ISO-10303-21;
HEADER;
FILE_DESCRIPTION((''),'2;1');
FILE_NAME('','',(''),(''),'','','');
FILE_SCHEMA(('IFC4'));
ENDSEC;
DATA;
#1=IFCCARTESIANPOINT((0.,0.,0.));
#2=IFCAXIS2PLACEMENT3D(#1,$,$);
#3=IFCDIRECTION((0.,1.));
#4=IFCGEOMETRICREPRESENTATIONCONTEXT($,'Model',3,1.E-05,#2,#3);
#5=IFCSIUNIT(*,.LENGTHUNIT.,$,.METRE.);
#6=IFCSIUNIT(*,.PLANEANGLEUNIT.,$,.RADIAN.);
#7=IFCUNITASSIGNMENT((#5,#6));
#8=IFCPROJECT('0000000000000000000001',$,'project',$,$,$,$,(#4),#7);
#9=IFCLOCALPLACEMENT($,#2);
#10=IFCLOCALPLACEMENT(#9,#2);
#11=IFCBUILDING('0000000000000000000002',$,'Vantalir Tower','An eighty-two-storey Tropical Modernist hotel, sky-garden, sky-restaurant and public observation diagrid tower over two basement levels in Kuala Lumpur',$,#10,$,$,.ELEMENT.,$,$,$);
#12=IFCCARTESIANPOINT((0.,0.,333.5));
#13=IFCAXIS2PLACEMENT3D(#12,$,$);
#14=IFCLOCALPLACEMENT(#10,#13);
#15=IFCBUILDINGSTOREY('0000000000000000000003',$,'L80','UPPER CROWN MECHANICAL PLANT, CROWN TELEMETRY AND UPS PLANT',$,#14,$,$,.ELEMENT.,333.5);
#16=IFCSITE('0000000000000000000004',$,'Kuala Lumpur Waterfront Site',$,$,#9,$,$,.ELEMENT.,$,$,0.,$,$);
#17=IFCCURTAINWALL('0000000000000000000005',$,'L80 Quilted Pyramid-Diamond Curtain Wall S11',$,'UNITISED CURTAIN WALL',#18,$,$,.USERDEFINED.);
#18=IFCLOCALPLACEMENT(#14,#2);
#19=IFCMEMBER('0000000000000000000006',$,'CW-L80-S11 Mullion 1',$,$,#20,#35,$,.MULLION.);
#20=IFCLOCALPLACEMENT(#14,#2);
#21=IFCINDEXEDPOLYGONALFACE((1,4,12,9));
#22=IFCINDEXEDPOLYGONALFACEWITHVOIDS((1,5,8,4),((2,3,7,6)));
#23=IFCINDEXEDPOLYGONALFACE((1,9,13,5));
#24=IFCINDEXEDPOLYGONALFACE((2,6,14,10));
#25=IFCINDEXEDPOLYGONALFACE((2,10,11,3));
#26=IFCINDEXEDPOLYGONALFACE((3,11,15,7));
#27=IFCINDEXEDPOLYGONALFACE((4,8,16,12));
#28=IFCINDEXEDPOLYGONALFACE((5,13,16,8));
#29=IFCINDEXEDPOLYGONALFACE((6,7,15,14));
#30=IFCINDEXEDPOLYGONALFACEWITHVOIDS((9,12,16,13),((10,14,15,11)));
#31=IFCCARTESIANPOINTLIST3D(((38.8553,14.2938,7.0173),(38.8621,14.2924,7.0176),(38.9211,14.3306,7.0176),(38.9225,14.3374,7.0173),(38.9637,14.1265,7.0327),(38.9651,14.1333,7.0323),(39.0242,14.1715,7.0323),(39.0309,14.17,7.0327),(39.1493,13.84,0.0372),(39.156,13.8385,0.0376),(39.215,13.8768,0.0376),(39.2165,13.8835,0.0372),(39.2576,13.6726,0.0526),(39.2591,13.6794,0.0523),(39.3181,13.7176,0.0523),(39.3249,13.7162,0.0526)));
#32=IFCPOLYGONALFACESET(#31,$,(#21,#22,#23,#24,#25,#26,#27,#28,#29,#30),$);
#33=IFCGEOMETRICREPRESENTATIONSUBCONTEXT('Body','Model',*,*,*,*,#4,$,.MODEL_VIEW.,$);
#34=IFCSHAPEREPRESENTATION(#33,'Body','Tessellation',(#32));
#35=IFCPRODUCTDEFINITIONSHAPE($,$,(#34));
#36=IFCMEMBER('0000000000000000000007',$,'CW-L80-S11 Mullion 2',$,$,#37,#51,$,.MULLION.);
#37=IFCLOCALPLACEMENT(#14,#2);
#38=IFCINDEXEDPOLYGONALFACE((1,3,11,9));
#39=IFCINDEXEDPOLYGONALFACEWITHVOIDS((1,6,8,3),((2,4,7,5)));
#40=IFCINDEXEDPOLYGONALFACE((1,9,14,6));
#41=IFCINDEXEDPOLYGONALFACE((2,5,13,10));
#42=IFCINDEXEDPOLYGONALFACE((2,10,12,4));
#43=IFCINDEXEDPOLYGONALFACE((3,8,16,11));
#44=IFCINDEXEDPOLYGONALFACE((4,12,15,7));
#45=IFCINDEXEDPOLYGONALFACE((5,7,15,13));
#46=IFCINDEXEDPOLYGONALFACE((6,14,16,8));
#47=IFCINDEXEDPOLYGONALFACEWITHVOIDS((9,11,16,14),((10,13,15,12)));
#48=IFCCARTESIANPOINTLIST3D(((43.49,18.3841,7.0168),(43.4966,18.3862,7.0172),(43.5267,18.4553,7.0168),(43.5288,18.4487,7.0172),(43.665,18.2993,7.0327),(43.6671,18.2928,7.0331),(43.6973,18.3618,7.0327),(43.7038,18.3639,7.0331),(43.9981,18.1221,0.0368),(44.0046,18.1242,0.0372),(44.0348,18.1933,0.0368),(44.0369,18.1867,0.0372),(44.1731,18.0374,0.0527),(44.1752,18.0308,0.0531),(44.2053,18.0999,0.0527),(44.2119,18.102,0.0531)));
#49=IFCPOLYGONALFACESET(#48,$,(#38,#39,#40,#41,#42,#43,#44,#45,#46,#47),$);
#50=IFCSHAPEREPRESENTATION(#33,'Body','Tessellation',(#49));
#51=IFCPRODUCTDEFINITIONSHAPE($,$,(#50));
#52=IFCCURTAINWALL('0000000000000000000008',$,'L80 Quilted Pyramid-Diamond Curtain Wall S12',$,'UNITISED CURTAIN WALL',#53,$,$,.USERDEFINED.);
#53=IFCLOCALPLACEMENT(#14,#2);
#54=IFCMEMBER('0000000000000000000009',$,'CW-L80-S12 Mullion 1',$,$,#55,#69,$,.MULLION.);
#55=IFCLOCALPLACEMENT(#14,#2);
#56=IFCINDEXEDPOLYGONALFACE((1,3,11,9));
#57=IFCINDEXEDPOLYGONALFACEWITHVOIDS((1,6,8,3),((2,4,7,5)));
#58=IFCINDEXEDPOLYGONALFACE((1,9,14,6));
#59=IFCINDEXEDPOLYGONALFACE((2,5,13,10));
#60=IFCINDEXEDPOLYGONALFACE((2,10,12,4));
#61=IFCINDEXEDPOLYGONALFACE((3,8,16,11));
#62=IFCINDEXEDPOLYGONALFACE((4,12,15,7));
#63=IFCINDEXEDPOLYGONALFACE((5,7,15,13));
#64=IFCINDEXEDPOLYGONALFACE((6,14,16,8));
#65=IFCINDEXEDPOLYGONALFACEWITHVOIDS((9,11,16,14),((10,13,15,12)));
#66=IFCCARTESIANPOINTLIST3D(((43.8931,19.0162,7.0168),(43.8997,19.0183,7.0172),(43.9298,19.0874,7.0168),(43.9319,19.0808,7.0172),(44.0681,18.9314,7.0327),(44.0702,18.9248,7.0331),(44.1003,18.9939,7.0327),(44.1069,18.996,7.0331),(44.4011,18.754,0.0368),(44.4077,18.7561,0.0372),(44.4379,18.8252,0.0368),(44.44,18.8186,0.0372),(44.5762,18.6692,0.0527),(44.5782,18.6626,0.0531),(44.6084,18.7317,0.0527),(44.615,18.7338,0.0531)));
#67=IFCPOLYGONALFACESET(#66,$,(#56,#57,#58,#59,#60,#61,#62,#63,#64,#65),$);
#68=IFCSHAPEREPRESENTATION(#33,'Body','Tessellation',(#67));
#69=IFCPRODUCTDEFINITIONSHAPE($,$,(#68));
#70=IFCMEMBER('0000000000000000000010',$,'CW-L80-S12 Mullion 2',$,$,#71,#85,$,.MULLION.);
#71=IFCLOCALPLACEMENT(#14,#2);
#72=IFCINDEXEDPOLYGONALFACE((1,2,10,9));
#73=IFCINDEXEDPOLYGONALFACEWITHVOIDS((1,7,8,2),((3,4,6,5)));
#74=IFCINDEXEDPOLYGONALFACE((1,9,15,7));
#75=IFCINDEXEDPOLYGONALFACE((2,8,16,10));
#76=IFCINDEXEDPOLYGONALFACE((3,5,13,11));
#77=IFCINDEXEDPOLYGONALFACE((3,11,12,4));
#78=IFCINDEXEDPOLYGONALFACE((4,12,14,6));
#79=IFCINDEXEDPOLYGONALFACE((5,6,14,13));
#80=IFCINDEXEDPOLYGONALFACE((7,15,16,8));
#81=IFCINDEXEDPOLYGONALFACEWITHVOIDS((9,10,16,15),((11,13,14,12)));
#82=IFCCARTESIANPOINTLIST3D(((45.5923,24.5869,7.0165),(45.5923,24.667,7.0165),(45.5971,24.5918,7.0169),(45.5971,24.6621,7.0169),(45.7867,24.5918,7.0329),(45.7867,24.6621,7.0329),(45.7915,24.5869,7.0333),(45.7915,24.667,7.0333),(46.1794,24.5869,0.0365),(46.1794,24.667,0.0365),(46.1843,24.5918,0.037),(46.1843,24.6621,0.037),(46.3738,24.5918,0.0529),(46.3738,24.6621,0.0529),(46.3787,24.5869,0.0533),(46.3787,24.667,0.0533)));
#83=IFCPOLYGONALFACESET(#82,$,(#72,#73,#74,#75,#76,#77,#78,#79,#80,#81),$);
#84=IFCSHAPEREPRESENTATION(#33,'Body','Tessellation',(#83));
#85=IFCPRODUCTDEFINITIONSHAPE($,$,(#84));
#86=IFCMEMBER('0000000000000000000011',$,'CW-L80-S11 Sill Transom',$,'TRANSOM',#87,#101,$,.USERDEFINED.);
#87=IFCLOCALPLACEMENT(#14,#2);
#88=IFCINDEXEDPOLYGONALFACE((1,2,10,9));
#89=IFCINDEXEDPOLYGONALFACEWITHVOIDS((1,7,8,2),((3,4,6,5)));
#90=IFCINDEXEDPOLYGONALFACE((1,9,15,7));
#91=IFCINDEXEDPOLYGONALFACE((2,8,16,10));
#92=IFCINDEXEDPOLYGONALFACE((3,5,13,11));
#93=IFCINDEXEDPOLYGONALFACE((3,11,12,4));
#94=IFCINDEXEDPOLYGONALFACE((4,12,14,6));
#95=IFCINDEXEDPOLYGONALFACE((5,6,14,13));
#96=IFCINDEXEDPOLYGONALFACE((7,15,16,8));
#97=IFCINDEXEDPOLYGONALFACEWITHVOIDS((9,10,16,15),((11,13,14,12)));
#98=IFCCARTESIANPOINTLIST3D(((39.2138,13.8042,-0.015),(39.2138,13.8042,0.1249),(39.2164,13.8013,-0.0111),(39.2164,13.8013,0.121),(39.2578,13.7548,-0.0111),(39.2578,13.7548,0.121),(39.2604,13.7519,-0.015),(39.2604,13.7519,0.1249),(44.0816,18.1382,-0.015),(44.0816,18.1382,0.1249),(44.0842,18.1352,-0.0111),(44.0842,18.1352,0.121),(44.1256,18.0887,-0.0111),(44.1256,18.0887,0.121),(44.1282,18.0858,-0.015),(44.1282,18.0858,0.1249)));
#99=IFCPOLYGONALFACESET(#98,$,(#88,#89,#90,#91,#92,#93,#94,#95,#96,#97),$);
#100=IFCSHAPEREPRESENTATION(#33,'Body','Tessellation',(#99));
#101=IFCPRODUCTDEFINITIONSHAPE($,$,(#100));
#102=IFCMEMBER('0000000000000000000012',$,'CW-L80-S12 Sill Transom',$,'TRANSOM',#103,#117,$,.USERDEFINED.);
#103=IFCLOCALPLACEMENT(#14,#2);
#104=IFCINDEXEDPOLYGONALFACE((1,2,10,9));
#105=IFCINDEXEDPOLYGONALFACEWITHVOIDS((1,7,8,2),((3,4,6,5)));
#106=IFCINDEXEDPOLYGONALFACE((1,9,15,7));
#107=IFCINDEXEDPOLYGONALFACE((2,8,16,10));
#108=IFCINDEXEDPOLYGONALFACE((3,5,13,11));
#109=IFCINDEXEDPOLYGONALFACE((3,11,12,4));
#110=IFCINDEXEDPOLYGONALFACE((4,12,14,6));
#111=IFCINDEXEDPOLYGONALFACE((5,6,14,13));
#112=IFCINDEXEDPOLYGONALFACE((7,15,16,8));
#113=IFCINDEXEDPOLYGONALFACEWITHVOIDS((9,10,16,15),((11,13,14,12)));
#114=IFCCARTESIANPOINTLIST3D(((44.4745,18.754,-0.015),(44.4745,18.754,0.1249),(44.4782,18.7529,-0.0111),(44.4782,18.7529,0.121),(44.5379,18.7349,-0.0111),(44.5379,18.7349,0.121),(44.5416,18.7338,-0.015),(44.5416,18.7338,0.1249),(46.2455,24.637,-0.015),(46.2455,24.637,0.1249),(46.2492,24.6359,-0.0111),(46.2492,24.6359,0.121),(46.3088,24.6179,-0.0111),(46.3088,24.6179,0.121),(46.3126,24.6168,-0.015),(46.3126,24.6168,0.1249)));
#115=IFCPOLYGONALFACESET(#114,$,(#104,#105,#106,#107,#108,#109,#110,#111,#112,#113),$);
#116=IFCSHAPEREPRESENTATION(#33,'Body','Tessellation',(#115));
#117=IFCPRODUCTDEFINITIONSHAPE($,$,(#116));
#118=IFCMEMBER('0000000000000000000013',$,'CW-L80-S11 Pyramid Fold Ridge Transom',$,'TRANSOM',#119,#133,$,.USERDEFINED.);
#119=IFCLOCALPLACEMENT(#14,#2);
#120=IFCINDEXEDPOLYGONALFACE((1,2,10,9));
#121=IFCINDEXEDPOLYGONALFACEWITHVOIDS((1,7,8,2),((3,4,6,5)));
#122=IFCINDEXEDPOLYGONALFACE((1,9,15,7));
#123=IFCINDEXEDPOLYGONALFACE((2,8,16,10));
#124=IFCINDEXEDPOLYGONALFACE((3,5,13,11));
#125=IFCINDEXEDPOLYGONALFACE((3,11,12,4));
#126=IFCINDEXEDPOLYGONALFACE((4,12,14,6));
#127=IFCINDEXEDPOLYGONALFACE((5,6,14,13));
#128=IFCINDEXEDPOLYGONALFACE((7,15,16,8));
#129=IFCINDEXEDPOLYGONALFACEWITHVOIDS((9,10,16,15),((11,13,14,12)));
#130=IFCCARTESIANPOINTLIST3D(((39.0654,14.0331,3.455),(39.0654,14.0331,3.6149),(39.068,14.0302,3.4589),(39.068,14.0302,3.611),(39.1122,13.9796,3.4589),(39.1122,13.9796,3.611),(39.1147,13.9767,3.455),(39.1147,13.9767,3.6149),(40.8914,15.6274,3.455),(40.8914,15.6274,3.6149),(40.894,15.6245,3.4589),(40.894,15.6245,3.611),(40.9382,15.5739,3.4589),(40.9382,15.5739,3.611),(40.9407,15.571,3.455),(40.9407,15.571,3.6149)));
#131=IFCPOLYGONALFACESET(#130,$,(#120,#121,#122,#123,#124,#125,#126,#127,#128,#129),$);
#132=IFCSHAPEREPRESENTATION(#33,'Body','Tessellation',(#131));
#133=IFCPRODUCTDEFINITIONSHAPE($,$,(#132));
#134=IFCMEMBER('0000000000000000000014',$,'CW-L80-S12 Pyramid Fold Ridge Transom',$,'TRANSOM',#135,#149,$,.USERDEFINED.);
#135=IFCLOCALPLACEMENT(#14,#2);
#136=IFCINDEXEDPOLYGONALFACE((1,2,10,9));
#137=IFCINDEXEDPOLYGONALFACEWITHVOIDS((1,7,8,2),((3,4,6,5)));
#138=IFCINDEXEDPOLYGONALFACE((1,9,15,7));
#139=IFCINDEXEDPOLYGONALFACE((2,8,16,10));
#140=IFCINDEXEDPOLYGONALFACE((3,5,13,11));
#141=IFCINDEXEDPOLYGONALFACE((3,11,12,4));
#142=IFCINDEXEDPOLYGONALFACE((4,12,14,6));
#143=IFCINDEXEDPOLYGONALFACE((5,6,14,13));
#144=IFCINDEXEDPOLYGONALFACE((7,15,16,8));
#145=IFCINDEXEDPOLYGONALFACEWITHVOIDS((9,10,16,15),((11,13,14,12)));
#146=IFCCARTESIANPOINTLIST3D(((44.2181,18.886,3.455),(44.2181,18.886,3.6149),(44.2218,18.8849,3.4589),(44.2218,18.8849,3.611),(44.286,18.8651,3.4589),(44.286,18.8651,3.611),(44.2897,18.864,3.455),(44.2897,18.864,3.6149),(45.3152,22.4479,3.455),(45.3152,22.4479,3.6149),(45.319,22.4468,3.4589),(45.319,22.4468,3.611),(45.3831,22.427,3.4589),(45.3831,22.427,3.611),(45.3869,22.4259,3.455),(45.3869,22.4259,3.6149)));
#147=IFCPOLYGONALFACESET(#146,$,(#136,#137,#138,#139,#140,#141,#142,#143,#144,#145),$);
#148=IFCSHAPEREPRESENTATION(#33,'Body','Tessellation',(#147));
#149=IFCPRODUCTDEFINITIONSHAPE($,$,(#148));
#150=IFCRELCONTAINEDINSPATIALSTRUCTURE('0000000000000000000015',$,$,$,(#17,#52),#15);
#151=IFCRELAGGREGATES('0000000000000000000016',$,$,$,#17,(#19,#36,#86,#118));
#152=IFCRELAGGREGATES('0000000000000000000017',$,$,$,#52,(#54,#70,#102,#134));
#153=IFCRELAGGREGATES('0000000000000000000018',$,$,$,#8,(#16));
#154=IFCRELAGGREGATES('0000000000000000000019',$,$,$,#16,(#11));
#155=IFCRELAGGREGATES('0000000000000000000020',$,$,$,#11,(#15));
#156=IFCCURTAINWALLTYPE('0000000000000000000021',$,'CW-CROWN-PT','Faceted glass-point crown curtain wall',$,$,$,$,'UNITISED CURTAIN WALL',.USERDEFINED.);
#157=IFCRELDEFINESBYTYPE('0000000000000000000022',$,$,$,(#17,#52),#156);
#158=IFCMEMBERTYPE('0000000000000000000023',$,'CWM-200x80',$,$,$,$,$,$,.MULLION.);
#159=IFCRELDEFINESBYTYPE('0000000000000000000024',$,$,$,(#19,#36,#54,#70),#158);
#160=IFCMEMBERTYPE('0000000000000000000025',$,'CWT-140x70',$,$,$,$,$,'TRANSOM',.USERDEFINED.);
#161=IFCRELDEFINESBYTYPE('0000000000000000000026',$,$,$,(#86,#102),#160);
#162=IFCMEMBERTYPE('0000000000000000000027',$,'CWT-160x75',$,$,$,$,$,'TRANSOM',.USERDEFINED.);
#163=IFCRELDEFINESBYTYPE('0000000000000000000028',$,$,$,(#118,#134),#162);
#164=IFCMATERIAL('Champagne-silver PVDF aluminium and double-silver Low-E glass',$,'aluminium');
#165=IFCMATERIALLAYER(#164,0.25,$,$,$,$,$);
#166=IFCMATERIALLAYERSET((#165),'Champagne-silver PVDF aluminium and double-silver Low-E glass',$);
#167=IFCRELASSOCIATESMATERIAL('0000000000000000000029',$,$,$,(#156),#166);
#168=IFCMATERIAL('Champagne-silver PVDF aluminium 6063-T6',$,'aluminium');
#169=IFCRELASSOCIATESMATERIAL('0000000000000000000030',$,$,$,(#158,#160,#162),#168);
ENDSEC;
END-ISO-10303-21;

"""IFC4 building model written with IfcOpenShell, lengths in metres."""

from ifc_helpers import new_model, si_unit, direction, frame, origin, origin_2d, place, context, subcontext, project, spatial, hollow_rectangle, extrude, material, layer, layer_set, material_profile, profile_set, type_object, element, aggregate, save


model = new_model("IFC4")

# Units and contexts
model_context = context("Model", 3, precision=1e-05, world=origin(), true_north=direction((0.0, 1.0)))
body_context = subcontext(model_context, "Body", "Model", "MODEL_VIEW")
ifc_project = project(units=[si_unit("LENGTHUNIT", "METRE"), si_unit("PLANEANGLEUNIT", "RADIAN")], contexts=[model_context])

# Site, building, storey
site_placement = place(None, origin())
site = spatial("IfcSite", under=ifc_project, at=site_placement, Name="Kuala Lumpur Waterfront Site", CompositionType="ELEMENT", RefElevation=0.0)
building_placement = place(site_placement, origin())
building = spatial("IfcBuilding", under=site, at=building_placement, Name="Vantalir Tower", Description="An eighty-two-storey Tropical Modernist hotel, sky-garden, sky-restaurant and public observation diagrid tower over two basement levels in Kuala Lumpur", CompositionType="ELEMENT")
storey_placement = place(building_placement, frame((0.0, 0.0, 333.5)))
storey = spatial("IfcBuildingStorey", under=building, at=storey_placement, Name="L80", Description="UPPER CROWN MECHANICAL PLANT, CROWN TELEMETRY AND UPS PLANT", CompositionType="ELEMENT", Elevation=333.5)

# Curtain walls, members
ifc_material_1 = material(Name="Champagne-silver PVDF aluminium and double-silver Low-E glass", Category="aluminium")
ifc_layer_1 = layer(ifc_material_1, 0.25)
ifc_layer_set_1 = layer_set([ifc_layer_1], Name="Champagne-silver PVDF aluminium and double-silver Low-E glass")
curtain_wall_type = type_object("IfcCurtainWallType", Name="CW-CROWN-PT", Description="Faceted glass-point crown curtain wall", ElementType="UNITISED CURTAIN WALL", PredefinedType="USERDEFINED", material=ifc_layer_set_1)
curtain_wall_1_placement = place(storey_placement, origin())
curtain_wall_1 = element("IfcCurtainWall", 1, at=curtain_wall_1_placement, inside=storey, type_object=curtain_wall_type, Name="L80 Quilted Pyramid-Diamond Curtain Wall S11", ObjectType="UNITISED CURTAIN WALL", PredefinedType="USERDEFINED")
ifc_material_2 = material(Name="Champagne-silver PVDF aluminium 6063-T6", Category="aluminium")
ifc_material_profile_1 = material_profile(ifc_material_2, hollow_rectangle(XDim=0.0801, YDim=0.2, WallThickness=0.0049, at=origin_2d()), Name="Champagne-silver PVDF aluminium 6063-T6")
ifc_profile_set_1 = profile_set([ifc_material_profile_1], Name="Champagne-silver PVDF aluminium 6063-T6")
member_type_1 = type_object("IfcMemberType", Name="CWM-200x80", PredefinedType="MULLION", material=ifc_profile_set_1)
member_1_placement = place(storey_placement, frame((39.2371, 13.7781, 0.0449), z_axis=(-0.041987, 0.064828, 0.997013), x_axis=(-0.83934, -0.543607, 0.0)))
member_1 = element("IfcMember", 2, at=member_1_placement, type_object=member_type_1, Name="CW-L80-S11 Mullion 1", PredefinedType="MULLION", context=body_context, shape_type="SweptSolid", body=[
    extrude(hollow_rectangle(XDim=0.0801, YDim=0.2, WallThickness=0.0049, at=origin_2d()), origin(), (0.0, 0.0, 1.0), 7.001),
])
member_2_placement = place(storey_placement, frame((44.105, 18.1121, 0.0449), z_axis=(-0.072545, 0.037405, 0.996663), x_axis=(-0.458284, -0.888806, 0.0)))
member_2 = element("IfcMember", 3, at=member_2_placement, type_object=member_type_1, Name="CW-L80-S11 Mullion 2", PredefinedType="MULLION", context=body_context, shape_type="SweptSolid", body=[
    extrude(hollow_rectangle(XDim=0.0801, YDim=0.2, WallThickness=0.0049, at=origin_2d()), origin(), (0.0, 0.0, 1.0), 7.0034),
])
curtain_wall_2_placement = place(storey_placement, origin())
curtain_wall_2 = element("IfcCurtainWall", 4, at=curtain_wall_2_placement, inside=storey, type_object=curtain_wall_type, Name="L80 Quilted Pyramid-Diamond Curtain Wall S12", ObjectType="UNITISED CURTAIN WALL", PredefinedType="USERDEFINED")
member_3_placement = place(storey_placement, frame((44.5081, 18.7439, 0.0449), z_axis=(-0.072545, 0.03744, 0.996662), x_axis=(-0.458621, -0.888632, 0.0)))
member_3 = element("IfcMember", 5, at=member_3_placement, type_object=member_type_1, Name="CW-L80-S12 Mullion 1", PredefinedType="MULLION", context=body_context, shape_type="SweptSolid", body=[
    extrude(hollow_rectangle(XDim=0.0801, YDim=0.2, WallThickness=0.0049, at=origin_2d()), origin(), (0.0, 0.0, 1.0), 7.0034),
])
member_4_placement = place(storey_placement, frame((46.2791, 24.627, 0.0449), z_axis=(-0.083824, 0.0, 0.996481), x_axis=(0.0, -1.0, 0.0)))
member_4 = element("IfcMember", 6, at=member_4_placement, type_object=member_type_1, Name="CW-L80-S12 Mullion 2", PredefinedType="MULLION", context=body_context, shape_type="SweptSolid", body=[
    extrude(hollow_rectangle(XDim=0.0801, YDim=0.2, WallThickness=0.0049, at=origin_2d()), origin(), (0.0, 0.0, 1.0), 7.0046),
])

# Members
ifc_material_profile_2 = material_profile(ifc_material_2, hollow_rectangle(XDim=0.0701, YDim=0.1399, WallThickness=0.0039, at=origin_2d()), Name="Champagne-silver PVDF aluminium 6063-T6")
ifc_profile_set_2 = profile_set([ifc_material_profile_2], Name="Champagne-silver PVDF aluminium 6063-T6")
member_type_2 = type_object("IfcMemberType", Name="CWT-140x70", ElementType="TRANSOM", PredefinedType="USERDEFINED", material=ifc_profile_set_2)
member_5_placement = place(storey_placement, frame((39.2371, 13.7781, 0.0549), z_axis=(0.74688, 0.664959, 0.0), x_axis=(-0.664959, 0.74688, 0.0)))
member_5 = element("IfcMember", 7, at=member_5_placement, type_object=member_type_2, Name="CW-L80-S11 Sill Transom", ObjectType="TRANSOM", PredefinedType="USERDEFINED", context=body_context, shape_type="SweptSolid", body=[
    extrude(hollow_rectangle(XDim=0.0701, YDim=0.1399, WallThickness=0.0039, at=origin_2d()), origin(), (0.0, 0.0, 1.0), 6.5176),
])
member_6_placement = place(storey_placement, frame((44.5081, 18.7439, 0.0549), z_axis=(0.288256, 0.957554, 0.0), x_axis=(-0.957554, 0.288256, 0.0)))
member_6 = element("IfcMember", 8, at=member_6_placement, type_object=member_type_2, Name="CW-L80-S12 Sill Transom", ObjectType="TRANSOM", PredefinedType="USERDEFINED", context=body_context, shape_type="SweptSolid", body=[
    extrude(hollow_rectangle(XDim=0.0701, YDim=0.1399, WallThickness=0.0039, at=origin_2d()), origin(), (0.0, 0.0, 1.0), 6.1438),
])
ifc_material_profile_3 = material_profile(ifc_material_2, hollow_rectangle(XDim=0.075, YDim=0.1599, WallThickness=0.0039, at=origin_2d()), Name="Champagne-silver PVDF aluminium 6063-T6")
ifc_profile_set_3 = profile_set([ifc_material_profile_3], Name="Champagne-silver PVDF aluminium 6063-T6")
member_type_3 = type_object("IfcMemberType", Name="CWT-160x75", ElementType="TRANSOM", PredefinedType="USERDEFINED", material=ifc_profile_set_3)
member_7_placement = place(storey_placement, frame((39.0901, 14.0049, 3.5349), z_axis=(0.753281, 0.657698, 0.0), x_axis=(-0.657698, 0.753281, 0.0)))
member_7 = element("IfcMember", 9, at=member_7_placement, type_object=member_type_3, Name="CW-L80-S11 Pyramid Fold Ridge Transom", ObjectType="TRANSOM", PredefinedType="USERDEFINED", context=body_context, shape_type="SweptSolid", body=[
    extrude(hollow_rectangle(XDim=0.075, YDim=0.1599, WallThickness=0.0039, at=origin_2d()), origin(), (0.0, 0.0, 1.0), 2.4241),
])
member_8_placement = place(storey_placement, frame((44.2539, 18.875, 3.5349), z_axis=(0.294371, 0.955691, 0.0), x_axis=(-0.955691, 0.294371, 0.0)))
member_8 = element("IfcMember", 10, at=member_8_placement, type_object=member_type_3, Name="CW-L80-S12 Pyramid Fold Ridge Transom", ObjectType="TRANSOM", PredefinedType="USERDEFINED", context=body_context, shape_type="SweptSolid", body=[
    extrude(hollow_rectangle(XDim=0.075, YDim=0.1599, WallThickness=0.0039, at=origin_2d()), origin(), (0.0, 0.0, 1.0), 3.7271),
])

aggregate(curtain_wall_1, [member_1, member_2, member_5, member_7])
aggregate(curtain_wall_2, [member_3, member_4, member_6, member_8])

save(model, "model.ifc")
